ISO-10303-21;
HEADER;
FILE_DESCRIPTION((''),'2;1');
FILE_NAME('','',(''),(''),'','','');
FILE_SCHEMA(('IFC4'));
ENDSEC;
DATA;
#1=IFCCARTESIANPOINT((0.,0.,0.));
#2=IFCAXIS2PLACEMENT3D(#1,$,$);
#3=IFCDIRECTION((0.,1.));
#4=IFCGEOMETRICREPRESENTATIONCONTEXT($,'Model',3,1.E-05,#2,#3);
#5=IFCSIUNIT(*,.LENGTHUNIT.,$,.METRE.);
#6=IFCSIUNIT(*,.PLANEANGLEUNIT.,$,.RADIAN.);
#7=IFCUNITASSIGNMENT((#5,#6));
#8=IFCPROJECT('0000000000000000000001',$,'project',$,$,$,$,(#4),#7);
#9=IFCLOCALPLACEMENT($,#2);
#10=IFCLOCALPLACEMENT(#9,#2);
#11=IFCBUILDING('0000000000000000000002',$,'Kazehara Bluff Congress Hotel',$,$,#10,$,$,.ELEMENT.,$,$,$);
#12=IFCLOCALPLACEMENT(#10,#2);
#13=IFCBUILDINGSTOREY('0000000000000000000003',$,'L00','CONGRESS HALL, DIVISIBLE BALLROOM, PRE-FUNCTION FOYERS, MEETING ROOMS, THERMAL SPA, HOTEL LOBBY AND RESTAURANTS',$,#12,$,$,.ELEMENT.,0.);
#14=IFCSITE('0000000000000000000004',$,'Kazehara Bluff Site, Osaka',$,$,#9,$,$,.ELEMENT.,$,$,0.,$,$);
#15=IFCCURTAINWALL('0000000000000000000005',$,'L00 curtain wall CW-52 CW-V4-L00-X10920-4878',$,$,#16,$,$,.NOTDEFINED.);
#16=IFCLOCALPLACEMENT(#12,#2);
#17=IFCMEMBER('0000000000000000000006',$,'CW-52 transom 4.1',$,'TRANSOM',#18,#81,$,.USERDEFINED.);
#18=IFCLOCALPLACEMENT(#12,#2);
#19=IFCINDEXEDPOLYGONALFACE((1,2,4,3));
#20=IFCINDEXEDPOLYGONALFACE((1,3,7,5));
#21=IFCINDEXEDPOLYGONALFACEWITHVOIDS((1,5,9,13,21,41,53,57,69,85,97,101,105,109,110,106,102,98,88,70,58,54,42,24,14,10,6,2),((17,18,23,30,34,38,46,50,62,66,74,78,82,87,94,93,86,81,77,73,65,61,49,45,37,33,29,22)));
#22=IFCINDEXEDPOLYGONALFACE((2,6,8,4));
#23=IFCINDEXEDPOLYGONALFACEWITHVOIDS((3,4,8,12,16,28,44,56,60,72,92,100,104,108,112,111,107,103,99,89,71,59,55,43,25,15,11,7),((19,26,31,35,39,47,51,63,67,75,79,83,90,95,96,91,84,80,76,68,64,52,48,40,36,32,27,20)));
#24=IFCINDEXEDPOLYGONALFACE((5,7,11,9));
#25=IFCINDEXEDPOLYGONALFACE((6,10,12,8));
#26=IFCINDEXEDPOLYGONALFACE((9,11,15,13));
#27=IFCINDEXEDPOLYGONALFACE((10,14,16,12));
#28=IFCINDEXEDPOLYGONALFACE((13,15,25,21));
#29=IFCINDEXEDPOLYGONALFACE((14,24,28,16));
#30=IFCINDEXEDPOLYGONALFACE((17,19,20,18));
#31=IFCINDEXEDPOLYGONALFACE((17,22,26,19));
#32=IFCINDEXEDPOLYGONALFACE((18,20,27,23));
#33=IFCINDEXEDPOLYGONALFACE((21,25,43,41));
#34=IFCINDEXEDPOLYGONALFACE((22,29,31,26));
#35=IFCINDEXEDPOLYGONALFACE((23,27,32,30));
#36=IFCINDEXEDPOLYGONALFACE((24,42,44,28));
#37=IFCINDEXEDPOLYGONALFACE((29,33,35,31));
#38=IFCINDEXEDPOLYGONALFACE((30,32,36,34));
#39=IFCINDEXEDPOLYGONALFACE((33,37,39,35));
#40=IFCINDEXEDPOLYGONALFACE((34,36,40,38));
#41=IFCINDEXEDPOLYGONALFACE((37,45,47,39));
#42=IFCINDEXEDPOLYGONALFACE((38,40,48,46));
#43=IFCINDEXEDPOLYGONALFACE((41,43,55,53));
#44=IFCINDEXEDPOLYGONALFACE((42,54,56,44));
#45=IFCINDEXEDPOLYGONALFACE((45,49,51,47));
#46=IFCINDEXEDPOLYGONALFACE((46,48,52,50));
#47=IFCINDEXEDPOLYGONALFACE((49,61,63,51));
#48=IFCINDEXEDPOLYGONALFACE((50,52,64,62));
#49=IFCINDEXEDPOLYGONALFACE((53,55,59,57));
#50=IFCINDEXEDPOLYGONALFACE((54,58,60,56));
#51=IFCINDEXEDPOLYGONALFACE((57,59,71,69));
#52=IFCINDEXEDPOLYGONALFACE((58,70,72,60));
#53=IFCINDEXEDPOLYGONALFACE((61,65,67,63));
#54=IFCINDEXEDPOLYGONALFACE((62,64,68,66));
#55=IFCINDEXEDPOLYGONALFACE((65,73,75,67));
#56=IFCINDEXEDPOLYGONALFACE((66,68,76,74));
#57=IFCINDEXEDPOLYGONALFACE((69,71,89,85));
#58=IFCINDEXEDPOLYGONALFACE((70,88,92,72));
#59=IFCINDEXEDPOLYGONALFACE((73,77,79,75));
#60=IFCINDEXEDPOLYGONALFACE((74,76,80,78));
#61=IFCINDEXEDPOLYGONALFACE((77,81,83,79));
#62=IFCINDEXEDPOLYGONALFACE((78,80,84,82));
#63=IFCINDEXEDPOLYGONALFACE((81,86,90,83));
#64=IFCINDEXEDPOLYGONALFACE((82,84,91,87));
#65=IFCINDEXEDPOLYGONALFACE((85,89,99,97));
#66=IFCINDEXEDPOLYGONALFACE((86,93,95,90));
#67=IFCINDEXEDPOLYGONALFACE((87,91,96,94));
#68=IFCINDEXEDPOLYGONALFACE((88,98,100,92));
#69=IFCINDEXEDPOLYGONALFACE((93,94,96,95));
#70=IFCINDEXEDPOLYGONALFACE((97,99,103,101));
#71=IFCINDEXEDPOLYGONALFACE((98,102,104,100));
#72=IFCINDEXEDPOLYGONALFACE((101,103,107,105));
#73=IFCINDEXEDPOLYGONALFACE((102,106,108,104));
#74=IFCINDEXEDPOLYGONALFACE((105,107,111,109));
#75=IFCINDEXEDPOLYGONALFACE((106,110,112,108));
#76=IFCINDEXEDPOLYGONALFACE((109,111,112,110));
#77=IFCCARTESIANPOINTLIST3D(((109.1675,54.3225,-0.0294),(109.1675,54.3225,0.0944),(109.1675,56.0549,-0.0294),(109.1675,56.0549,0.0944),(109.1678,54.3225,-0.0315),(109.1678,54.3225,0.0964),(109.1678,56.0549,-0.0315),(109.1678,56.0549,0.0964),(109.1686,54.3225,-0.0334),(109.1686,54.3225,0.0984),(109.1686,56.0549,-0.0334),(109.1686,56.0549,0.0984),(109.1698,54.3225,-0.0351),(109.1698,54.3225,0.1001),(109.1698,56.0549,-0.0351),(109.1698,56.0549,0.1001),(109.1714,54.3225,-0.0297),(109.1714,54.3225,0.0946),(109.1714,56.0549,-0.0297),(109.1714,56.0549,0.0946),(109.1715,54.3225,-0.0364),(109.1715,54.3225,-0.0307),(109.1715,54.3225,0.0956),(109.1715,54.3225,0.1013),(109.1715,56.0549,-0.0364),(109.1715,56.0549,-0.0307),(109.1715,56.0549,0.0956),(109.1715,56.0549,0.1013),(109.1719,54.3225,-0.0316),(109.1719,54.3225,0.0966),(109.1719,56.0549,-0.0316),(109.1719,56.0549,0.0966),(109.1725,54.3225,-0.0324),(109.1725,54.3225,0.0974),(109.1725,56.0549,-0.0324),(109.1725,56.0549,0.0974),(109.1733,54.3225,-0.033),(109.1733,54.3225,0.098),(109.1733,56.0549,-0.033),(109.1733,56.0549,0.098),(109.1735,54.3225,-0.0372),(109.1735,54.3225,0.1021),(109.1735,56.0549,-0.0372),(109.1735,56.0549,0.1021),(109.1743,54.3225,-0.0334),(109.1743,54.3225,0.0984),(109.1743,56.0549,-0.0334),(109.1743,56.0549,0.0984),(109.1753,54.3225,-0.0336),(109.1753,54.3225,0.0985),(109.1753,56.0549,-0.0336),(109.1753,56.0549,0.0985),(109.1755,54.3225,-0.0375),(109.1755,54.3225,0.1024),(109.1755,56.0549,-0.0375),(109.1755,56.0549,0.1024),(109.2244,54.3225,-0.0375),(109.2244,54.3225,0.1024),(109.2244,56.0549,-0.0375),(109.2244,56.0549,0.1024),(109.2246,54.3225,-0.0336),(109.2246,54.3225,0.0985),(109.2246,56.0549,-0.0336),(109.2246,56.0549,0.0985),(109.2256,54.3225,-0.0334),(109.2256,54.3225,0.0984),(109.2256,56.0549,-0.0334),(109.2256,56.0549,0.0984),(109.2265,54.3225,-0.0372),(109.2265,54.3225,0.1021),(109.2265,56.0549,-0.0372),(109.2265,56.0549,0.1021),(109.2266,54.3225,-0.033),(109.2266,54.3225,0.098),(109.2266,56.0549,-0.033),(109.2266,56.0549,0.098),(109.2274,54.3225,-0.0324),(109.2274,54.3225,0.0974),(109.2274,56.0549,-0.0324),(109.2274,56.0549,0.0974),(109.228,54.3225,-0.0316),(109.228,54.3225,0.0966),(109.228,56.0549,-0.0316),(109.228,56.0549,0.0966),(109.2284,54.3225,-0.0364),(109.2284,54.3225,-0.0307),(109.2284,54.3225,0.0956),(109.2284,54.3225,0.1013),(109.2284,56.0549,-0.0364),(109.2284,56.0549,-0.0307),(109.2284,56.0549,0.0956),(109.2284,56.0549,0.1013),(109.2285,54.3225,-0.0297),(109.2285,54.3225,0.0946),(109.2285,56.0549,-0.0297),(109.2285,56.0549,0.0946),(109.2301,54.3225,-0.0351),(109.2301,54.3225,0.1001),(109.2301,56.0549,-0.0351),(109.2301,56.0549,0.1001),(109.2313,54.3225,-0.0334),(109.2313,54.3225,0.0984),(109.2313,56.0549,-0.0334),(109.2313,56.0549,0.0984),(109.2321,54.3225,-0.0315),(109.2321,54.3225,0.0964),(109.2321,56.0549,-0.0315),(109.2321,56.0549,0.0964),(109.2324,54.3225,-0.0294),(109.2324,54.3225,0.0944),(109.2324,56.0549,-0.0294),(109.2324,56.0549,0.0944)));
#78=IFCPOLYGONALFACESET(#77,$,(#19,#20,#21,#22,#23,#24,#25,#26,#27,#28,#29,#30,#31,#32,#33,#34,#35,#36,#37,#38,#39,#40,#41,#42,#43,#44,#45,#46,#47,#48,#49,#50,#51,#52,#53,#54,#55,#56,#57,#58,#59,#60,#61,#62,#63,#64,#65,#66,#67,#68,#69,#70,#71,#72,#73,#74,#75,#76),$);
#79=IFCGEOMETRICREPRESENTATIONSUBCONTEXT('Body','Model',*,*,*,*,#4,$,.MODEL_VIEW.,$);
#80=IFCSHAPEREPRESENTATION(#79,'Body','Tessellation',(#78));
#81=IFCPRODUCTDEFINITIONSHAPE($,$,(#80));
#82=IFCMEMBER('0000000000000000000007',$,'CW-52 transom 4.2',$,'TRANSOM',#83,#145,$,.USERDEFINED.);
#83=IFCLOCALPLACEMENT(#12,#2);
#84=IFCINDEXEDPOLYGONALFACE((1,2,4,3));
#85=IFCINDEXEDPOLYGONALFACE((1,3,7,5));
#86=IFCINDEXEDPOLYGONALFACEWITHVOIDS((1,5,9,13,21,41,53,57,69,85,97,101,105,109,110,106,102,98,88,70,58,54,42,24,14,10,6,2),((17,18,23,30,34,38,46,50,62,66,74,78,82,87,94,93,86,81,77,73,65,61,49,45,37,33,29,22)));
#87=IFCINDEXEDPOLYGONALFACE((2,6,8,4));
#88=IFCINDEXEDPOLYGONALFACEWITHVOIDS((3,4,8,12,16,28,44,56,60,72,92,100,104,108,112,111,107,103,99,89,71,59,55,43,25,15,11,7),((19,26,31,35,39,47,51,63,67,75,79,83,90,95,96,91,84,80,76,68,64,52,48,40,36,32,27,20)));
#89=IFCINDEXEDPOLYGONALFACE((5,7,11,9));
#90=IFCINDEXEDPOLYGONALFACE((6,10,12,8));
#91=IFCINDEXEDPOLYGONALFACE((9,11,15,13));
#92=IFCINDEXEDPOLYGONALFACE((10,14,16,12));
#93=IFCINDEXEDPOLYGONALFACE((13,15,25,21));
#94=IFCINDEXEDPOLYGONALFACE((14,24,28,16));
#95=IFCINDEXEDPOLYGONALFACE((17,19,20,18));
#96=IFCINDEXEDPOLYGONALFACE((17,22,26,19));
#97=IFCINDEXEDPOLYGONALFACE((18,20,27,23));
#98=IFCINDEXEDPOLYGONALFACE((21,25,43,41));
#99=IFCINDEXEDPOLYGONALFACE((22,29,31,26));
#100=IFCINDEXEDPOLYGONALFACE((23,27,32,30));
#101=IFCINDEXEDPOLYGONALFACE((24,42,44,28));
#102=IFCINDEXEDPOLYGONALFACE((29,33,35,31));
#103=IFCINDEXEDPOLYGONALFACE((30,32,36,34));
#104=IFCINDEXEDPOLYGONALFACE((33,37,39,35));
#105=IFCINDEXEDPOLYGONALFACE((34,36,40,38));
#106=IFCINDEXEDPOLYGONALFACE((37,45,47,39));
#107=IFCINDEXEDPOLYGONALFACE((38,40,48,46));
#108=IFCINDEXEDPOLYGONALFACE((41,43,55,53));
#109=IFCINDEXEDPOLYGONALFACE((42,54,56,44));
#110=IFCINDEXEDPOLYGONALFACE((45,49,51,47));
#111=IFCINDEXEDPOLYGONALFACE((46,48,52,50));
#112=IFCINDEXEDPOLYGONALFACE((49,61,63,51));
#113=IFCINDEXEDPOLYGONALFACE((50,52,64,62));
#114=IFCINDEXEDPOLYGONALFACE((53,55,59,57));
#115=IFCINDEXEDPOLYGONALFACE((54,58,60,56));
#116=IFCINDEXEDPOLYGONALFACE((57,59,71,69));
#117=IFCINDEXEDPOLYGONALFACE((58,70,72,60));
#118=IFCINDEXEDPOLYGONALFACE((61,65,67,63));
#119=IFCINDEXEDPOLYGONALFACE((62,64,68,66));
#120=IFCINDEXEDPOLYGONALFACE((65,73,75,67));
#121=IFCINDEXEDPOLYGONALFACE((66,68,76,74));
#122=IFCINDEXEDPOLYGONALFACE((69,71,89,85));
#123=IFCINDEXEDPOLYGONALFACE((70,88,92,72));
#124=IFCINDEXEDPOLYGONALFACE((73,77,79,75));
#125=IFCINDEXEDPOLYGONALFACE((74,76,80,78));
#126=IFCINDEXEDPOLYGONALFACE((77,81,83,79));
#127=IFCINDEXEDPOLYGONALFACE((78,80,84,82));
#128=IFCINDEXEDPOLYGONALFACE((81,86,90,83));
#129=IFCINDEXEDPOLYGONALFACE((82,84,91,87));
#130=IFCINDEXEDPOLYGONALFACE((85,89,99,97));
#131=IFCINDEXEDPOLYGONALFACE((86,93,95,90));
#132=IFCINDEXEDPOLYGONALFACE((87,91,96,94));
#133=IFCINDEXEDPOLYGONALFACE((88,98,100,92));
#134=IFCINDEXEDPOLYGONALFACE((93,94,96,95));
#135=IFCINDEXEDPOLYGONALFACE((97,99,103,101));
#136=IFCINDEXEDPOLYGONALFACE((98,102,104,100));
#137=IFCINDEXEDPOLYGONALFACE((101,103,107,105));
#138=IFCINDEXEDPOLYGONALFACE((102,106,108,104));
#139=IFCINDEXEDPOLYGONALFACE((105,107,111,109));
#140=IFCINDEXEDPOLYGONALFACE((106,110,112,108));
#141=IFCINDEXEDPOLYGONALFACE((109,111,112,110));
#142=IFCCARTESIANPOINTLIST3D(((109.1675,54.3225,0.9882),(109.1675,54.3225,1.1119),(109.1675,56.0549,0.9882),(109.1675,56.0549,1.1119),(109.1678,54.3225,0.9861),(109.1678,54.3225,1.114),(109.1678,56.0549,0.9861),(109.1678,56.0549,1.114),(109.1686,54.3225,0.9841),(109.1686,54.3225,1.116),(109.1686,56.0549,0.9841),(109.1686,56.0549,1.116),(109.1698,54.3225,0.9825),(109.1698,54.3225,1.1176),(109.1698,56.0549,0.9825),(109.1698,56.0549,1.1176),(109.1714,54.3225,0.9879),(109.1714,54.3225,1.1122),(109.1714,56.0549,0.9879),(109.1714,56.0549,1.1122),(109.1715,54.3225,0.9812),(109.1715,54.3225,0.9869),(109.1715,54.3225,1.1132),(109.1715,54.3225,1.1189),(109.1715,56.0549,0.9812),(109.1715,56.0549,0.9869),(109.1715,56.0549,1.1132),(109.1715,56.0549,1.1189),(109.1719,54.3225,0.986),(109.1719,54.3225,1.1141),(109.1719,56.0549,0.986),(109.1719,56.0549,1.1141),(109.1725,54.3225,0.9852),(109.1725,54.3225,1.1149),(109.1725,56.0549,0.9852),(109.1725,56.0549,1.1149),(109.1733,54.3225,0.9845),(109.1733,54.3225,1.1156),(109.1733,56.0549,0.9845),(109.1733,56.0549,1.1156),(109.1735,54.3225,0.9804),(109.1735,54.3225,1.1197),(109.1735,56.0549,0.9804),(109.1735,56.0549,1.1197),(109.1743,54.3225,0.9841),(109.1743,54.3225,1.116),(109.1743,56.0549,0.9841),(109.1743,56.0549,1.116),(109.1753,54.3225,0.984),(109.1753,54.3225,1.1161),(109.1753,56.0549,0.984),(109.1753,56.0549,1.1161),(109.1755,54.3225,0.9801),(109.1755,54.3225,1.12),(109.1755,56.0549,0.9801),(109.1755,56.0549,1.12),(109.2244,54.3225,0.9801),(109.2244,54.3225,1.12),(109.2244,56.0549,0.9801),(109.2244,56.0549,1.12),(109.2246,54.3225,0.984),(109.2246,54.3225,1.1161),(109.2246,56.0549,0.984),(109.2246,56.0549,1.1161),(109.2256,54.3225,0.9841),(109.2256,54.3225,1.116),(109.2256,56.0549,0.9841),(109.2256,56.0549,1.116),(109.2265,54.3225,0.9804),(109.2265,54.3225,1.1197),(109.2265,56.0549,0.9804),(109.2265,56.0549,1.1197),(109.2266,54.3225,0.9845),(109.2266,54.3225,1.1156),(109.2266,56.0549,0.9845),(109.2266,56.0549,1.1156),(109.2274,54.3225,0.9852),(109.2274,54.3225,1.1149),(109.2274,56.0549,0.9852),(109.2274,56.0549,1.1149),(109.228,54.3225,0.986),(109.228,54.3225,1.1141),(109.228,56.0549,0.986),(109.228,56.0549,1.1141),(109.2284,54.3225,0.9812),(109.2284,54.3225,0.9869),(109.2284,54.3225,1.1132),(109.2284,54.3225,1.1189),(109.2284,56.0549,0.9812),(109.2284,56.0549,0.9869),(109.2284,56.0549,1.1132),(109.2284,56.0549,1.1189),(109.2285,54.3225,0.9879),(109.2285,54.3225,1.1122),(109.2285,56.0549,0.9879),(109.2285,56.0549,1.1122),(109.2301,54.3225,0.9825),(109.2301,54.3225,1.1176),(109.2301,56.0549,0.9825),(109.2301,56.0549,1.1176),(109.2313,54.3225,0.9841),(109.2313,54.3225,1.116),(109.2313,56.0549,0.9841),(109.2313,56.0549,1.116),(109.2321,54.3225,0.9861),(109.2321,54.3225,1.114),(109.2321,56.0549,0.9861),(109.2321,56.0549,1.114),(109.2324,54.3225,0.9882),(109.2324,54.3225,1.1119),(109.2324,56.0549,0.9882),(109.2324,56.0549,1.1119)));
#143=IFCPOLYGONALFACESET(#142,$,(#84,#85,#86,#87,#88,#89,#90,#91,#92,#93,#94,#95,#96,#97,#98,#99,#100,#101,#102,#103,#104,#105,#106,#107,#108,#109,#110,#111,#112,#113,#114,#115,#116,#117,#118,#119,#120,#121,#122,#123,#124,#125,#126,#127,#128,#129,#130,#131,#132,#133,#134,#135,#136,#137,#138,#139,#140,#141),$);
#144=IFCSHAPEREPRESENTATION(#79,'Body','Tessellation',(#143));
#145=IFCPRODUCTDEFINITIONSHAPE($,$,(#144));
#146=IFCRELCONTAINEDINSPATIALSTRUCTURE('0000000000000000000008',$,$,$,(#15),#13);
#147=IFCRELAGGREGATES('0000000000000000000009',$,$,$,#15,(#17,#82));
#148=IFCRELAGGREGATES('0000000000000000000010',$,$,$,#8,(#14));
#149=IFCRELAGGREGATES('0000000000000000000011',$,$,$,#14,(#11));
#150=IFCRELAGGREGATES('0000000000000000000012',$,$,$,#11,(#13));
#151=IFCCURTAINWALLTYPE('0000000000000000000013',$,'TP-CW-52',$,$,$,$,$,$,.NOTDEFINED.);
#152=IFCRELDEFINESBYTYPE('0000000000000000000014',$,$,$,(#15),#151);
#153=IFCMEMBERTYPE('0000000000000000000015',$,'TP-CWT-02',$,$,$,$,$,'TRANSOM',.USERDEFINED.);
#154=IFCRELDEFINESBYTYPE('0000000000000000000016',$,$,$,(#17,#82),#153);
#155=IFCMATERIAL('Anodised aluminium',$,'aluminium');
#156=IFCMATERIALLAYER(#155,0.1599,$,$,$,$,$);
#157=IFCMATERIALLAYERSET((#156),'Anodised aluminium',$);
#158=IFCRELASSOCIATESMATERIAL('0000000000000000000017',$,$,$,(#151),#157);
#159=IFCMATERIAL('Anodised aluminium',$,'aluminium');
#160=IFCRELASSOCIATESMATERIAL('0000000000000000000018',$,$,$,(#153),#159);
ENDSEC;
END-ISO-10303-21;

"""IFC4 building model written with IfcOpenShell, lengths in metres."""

from ifc_helpers import new_model, si_unit, direction, frame, origin, origin_2d, place, context, subcontext, project, spatial, hollow_rectangle, extrude, material, layer, layer_set, material_profile, profile_set, type_object, element, aggregate, save


model = new_model("IFC4")

# Units and contexts
model_context = context("Model", 3, precision=1e-05, world=origin(), true_north=direction((0.0, 1.0)))
body_context = subcontext(model_context, "Body", "Model", "MODEL_VIEW")
ifc_project = project(units=[si_unit("LENGTHUNIT", "METRE"), si_unit("PLANEANGLEUNIT", "RADIAN")], contexts=[model_context])

# Site, building, storey
site_placement = place(None, origin())
site = spatial("IfcSite", under=ifc_project, at=site_placement, Name="Kazehara Bluff Site, Osaka", CompositionType="ELEMENT", RefElevation=0.0)
building_placement = place(site_placement, origin())
building = spatial("IfcBuilding", under=site, at=building_placement, Name="Kazehara Bluff Congress Hotel", CompositionType="ELEMENT")
storey_placement = place(building_placement, origin())
storey = spatial("IfcBuildingStorey", under=building, at=storey_placement, Name="L00", Description="CONGRESS HALL, DIVISIBLE BALLROOM, PRE-FUNCTION FOYERS, MEETING ROOMS, THERMAL SPA, HOTEL LOBBY AND RESTAURANTS", CompositionType="ELEMENT", Elevation=0.0)

# Curtain wall
ifc_material_1 = material(Name="Anodised aluminium", Category="aluminium")
ifc_layer_1 = layer(ifc_material_1, 0.1599)
ifc_layer_set_1 = layer_set([ifc_layer_1], Name="Anodised aluminium")
curtain_wall_type_1 = type_object("IfcCurtainWallType", Name="TP-CW-52", PredefinedType="NOTDEFINED", material=ifc_layer_set_1)
curtain_wall_1_placement = place(storey_placement, origin())
curtain_wall_1 = element("IfcCurtainWall", 1, at=curtain_wall_1_placement, inside=storey, type_object=curtain_wall_type_1, Name="L00 curtain wall CW-52 CW-V4-L00-X10920-4878", PredefinedType="NOTDEFINED")

# Members
ifc_material_2 = material(Name="Anodised aluminium", Category="aluminium")
ifc_material_profile_1 = material_profile(ifc_material_2, hollow_rectangle(XDim=0.0649, YDim=0.1399, WallThickness=0.0039, InnerFilletRadius=0.0039, OuterFilletRadius=0.0081, at=origin_2d()))
ifc_profile_set_1 = profile_set([ifc_material_profile_1], Name="Anodised aluminium")
member_type_1 = type_object("IfcMemberType", Name="TP-CWT-02", ElementType="TRANSOM", PredefinedType="USERDEFINED", material=ifc_profile_set_1)
member_1_placement = place(storey_placement, frame((109.2, 54.3225, 0.0325), z_axis=(0.0, 1.0, 0.0), x_axis=(-1.0, 0.0, 0.0)))
member_1 = element("IfcMember", 2, at=member_1_placement, type_object=member_type_1, Name="CW-52 transom 4.1", ObjectType="TRANSOM", PredefinedType="USERDEFINED", context=body_context, shape_type="SweptSolid", body=[
    extrude(hollow_rectangle(XDim=0.0649, YDim=0.1399, WallThickness=0.0039, InnerFilletRadius=0.0039, OuterFilletRadius=0.0081, at=origin_2d()), origin(), (0.0, 0.0, 1.0), 1.7324),
])
member_2_placement = place(storey_placement, frame((109.2, 54.3225, 1.05), z_axis=(0.0, 1.0, 0.0), x_axis=(-1.0, 0.0, 0.0)))
member_2 = element("IfcMember", 3, at=member_2_placement, type_object=member_type_1, Name="CW-52 transom 4.2", ObjectType="TRANSOM", PredefinedType="USERDEFINED", context=body_context, shape_type="SweptSolid", body=[
    extrude(hollow_rectangle(XDim=0.0649, YDim=0.1399, WallThickness=0.0039, InnerFilletRadius=0.0039, OuterFilletRadius=0.0081, at=origin_2d()), origin(), (0.0, 0.0, 1.0), 1.7324),
])

aggregate(curtain_wall_1, [member_1, member_2])

save(model, "model.ifc")
